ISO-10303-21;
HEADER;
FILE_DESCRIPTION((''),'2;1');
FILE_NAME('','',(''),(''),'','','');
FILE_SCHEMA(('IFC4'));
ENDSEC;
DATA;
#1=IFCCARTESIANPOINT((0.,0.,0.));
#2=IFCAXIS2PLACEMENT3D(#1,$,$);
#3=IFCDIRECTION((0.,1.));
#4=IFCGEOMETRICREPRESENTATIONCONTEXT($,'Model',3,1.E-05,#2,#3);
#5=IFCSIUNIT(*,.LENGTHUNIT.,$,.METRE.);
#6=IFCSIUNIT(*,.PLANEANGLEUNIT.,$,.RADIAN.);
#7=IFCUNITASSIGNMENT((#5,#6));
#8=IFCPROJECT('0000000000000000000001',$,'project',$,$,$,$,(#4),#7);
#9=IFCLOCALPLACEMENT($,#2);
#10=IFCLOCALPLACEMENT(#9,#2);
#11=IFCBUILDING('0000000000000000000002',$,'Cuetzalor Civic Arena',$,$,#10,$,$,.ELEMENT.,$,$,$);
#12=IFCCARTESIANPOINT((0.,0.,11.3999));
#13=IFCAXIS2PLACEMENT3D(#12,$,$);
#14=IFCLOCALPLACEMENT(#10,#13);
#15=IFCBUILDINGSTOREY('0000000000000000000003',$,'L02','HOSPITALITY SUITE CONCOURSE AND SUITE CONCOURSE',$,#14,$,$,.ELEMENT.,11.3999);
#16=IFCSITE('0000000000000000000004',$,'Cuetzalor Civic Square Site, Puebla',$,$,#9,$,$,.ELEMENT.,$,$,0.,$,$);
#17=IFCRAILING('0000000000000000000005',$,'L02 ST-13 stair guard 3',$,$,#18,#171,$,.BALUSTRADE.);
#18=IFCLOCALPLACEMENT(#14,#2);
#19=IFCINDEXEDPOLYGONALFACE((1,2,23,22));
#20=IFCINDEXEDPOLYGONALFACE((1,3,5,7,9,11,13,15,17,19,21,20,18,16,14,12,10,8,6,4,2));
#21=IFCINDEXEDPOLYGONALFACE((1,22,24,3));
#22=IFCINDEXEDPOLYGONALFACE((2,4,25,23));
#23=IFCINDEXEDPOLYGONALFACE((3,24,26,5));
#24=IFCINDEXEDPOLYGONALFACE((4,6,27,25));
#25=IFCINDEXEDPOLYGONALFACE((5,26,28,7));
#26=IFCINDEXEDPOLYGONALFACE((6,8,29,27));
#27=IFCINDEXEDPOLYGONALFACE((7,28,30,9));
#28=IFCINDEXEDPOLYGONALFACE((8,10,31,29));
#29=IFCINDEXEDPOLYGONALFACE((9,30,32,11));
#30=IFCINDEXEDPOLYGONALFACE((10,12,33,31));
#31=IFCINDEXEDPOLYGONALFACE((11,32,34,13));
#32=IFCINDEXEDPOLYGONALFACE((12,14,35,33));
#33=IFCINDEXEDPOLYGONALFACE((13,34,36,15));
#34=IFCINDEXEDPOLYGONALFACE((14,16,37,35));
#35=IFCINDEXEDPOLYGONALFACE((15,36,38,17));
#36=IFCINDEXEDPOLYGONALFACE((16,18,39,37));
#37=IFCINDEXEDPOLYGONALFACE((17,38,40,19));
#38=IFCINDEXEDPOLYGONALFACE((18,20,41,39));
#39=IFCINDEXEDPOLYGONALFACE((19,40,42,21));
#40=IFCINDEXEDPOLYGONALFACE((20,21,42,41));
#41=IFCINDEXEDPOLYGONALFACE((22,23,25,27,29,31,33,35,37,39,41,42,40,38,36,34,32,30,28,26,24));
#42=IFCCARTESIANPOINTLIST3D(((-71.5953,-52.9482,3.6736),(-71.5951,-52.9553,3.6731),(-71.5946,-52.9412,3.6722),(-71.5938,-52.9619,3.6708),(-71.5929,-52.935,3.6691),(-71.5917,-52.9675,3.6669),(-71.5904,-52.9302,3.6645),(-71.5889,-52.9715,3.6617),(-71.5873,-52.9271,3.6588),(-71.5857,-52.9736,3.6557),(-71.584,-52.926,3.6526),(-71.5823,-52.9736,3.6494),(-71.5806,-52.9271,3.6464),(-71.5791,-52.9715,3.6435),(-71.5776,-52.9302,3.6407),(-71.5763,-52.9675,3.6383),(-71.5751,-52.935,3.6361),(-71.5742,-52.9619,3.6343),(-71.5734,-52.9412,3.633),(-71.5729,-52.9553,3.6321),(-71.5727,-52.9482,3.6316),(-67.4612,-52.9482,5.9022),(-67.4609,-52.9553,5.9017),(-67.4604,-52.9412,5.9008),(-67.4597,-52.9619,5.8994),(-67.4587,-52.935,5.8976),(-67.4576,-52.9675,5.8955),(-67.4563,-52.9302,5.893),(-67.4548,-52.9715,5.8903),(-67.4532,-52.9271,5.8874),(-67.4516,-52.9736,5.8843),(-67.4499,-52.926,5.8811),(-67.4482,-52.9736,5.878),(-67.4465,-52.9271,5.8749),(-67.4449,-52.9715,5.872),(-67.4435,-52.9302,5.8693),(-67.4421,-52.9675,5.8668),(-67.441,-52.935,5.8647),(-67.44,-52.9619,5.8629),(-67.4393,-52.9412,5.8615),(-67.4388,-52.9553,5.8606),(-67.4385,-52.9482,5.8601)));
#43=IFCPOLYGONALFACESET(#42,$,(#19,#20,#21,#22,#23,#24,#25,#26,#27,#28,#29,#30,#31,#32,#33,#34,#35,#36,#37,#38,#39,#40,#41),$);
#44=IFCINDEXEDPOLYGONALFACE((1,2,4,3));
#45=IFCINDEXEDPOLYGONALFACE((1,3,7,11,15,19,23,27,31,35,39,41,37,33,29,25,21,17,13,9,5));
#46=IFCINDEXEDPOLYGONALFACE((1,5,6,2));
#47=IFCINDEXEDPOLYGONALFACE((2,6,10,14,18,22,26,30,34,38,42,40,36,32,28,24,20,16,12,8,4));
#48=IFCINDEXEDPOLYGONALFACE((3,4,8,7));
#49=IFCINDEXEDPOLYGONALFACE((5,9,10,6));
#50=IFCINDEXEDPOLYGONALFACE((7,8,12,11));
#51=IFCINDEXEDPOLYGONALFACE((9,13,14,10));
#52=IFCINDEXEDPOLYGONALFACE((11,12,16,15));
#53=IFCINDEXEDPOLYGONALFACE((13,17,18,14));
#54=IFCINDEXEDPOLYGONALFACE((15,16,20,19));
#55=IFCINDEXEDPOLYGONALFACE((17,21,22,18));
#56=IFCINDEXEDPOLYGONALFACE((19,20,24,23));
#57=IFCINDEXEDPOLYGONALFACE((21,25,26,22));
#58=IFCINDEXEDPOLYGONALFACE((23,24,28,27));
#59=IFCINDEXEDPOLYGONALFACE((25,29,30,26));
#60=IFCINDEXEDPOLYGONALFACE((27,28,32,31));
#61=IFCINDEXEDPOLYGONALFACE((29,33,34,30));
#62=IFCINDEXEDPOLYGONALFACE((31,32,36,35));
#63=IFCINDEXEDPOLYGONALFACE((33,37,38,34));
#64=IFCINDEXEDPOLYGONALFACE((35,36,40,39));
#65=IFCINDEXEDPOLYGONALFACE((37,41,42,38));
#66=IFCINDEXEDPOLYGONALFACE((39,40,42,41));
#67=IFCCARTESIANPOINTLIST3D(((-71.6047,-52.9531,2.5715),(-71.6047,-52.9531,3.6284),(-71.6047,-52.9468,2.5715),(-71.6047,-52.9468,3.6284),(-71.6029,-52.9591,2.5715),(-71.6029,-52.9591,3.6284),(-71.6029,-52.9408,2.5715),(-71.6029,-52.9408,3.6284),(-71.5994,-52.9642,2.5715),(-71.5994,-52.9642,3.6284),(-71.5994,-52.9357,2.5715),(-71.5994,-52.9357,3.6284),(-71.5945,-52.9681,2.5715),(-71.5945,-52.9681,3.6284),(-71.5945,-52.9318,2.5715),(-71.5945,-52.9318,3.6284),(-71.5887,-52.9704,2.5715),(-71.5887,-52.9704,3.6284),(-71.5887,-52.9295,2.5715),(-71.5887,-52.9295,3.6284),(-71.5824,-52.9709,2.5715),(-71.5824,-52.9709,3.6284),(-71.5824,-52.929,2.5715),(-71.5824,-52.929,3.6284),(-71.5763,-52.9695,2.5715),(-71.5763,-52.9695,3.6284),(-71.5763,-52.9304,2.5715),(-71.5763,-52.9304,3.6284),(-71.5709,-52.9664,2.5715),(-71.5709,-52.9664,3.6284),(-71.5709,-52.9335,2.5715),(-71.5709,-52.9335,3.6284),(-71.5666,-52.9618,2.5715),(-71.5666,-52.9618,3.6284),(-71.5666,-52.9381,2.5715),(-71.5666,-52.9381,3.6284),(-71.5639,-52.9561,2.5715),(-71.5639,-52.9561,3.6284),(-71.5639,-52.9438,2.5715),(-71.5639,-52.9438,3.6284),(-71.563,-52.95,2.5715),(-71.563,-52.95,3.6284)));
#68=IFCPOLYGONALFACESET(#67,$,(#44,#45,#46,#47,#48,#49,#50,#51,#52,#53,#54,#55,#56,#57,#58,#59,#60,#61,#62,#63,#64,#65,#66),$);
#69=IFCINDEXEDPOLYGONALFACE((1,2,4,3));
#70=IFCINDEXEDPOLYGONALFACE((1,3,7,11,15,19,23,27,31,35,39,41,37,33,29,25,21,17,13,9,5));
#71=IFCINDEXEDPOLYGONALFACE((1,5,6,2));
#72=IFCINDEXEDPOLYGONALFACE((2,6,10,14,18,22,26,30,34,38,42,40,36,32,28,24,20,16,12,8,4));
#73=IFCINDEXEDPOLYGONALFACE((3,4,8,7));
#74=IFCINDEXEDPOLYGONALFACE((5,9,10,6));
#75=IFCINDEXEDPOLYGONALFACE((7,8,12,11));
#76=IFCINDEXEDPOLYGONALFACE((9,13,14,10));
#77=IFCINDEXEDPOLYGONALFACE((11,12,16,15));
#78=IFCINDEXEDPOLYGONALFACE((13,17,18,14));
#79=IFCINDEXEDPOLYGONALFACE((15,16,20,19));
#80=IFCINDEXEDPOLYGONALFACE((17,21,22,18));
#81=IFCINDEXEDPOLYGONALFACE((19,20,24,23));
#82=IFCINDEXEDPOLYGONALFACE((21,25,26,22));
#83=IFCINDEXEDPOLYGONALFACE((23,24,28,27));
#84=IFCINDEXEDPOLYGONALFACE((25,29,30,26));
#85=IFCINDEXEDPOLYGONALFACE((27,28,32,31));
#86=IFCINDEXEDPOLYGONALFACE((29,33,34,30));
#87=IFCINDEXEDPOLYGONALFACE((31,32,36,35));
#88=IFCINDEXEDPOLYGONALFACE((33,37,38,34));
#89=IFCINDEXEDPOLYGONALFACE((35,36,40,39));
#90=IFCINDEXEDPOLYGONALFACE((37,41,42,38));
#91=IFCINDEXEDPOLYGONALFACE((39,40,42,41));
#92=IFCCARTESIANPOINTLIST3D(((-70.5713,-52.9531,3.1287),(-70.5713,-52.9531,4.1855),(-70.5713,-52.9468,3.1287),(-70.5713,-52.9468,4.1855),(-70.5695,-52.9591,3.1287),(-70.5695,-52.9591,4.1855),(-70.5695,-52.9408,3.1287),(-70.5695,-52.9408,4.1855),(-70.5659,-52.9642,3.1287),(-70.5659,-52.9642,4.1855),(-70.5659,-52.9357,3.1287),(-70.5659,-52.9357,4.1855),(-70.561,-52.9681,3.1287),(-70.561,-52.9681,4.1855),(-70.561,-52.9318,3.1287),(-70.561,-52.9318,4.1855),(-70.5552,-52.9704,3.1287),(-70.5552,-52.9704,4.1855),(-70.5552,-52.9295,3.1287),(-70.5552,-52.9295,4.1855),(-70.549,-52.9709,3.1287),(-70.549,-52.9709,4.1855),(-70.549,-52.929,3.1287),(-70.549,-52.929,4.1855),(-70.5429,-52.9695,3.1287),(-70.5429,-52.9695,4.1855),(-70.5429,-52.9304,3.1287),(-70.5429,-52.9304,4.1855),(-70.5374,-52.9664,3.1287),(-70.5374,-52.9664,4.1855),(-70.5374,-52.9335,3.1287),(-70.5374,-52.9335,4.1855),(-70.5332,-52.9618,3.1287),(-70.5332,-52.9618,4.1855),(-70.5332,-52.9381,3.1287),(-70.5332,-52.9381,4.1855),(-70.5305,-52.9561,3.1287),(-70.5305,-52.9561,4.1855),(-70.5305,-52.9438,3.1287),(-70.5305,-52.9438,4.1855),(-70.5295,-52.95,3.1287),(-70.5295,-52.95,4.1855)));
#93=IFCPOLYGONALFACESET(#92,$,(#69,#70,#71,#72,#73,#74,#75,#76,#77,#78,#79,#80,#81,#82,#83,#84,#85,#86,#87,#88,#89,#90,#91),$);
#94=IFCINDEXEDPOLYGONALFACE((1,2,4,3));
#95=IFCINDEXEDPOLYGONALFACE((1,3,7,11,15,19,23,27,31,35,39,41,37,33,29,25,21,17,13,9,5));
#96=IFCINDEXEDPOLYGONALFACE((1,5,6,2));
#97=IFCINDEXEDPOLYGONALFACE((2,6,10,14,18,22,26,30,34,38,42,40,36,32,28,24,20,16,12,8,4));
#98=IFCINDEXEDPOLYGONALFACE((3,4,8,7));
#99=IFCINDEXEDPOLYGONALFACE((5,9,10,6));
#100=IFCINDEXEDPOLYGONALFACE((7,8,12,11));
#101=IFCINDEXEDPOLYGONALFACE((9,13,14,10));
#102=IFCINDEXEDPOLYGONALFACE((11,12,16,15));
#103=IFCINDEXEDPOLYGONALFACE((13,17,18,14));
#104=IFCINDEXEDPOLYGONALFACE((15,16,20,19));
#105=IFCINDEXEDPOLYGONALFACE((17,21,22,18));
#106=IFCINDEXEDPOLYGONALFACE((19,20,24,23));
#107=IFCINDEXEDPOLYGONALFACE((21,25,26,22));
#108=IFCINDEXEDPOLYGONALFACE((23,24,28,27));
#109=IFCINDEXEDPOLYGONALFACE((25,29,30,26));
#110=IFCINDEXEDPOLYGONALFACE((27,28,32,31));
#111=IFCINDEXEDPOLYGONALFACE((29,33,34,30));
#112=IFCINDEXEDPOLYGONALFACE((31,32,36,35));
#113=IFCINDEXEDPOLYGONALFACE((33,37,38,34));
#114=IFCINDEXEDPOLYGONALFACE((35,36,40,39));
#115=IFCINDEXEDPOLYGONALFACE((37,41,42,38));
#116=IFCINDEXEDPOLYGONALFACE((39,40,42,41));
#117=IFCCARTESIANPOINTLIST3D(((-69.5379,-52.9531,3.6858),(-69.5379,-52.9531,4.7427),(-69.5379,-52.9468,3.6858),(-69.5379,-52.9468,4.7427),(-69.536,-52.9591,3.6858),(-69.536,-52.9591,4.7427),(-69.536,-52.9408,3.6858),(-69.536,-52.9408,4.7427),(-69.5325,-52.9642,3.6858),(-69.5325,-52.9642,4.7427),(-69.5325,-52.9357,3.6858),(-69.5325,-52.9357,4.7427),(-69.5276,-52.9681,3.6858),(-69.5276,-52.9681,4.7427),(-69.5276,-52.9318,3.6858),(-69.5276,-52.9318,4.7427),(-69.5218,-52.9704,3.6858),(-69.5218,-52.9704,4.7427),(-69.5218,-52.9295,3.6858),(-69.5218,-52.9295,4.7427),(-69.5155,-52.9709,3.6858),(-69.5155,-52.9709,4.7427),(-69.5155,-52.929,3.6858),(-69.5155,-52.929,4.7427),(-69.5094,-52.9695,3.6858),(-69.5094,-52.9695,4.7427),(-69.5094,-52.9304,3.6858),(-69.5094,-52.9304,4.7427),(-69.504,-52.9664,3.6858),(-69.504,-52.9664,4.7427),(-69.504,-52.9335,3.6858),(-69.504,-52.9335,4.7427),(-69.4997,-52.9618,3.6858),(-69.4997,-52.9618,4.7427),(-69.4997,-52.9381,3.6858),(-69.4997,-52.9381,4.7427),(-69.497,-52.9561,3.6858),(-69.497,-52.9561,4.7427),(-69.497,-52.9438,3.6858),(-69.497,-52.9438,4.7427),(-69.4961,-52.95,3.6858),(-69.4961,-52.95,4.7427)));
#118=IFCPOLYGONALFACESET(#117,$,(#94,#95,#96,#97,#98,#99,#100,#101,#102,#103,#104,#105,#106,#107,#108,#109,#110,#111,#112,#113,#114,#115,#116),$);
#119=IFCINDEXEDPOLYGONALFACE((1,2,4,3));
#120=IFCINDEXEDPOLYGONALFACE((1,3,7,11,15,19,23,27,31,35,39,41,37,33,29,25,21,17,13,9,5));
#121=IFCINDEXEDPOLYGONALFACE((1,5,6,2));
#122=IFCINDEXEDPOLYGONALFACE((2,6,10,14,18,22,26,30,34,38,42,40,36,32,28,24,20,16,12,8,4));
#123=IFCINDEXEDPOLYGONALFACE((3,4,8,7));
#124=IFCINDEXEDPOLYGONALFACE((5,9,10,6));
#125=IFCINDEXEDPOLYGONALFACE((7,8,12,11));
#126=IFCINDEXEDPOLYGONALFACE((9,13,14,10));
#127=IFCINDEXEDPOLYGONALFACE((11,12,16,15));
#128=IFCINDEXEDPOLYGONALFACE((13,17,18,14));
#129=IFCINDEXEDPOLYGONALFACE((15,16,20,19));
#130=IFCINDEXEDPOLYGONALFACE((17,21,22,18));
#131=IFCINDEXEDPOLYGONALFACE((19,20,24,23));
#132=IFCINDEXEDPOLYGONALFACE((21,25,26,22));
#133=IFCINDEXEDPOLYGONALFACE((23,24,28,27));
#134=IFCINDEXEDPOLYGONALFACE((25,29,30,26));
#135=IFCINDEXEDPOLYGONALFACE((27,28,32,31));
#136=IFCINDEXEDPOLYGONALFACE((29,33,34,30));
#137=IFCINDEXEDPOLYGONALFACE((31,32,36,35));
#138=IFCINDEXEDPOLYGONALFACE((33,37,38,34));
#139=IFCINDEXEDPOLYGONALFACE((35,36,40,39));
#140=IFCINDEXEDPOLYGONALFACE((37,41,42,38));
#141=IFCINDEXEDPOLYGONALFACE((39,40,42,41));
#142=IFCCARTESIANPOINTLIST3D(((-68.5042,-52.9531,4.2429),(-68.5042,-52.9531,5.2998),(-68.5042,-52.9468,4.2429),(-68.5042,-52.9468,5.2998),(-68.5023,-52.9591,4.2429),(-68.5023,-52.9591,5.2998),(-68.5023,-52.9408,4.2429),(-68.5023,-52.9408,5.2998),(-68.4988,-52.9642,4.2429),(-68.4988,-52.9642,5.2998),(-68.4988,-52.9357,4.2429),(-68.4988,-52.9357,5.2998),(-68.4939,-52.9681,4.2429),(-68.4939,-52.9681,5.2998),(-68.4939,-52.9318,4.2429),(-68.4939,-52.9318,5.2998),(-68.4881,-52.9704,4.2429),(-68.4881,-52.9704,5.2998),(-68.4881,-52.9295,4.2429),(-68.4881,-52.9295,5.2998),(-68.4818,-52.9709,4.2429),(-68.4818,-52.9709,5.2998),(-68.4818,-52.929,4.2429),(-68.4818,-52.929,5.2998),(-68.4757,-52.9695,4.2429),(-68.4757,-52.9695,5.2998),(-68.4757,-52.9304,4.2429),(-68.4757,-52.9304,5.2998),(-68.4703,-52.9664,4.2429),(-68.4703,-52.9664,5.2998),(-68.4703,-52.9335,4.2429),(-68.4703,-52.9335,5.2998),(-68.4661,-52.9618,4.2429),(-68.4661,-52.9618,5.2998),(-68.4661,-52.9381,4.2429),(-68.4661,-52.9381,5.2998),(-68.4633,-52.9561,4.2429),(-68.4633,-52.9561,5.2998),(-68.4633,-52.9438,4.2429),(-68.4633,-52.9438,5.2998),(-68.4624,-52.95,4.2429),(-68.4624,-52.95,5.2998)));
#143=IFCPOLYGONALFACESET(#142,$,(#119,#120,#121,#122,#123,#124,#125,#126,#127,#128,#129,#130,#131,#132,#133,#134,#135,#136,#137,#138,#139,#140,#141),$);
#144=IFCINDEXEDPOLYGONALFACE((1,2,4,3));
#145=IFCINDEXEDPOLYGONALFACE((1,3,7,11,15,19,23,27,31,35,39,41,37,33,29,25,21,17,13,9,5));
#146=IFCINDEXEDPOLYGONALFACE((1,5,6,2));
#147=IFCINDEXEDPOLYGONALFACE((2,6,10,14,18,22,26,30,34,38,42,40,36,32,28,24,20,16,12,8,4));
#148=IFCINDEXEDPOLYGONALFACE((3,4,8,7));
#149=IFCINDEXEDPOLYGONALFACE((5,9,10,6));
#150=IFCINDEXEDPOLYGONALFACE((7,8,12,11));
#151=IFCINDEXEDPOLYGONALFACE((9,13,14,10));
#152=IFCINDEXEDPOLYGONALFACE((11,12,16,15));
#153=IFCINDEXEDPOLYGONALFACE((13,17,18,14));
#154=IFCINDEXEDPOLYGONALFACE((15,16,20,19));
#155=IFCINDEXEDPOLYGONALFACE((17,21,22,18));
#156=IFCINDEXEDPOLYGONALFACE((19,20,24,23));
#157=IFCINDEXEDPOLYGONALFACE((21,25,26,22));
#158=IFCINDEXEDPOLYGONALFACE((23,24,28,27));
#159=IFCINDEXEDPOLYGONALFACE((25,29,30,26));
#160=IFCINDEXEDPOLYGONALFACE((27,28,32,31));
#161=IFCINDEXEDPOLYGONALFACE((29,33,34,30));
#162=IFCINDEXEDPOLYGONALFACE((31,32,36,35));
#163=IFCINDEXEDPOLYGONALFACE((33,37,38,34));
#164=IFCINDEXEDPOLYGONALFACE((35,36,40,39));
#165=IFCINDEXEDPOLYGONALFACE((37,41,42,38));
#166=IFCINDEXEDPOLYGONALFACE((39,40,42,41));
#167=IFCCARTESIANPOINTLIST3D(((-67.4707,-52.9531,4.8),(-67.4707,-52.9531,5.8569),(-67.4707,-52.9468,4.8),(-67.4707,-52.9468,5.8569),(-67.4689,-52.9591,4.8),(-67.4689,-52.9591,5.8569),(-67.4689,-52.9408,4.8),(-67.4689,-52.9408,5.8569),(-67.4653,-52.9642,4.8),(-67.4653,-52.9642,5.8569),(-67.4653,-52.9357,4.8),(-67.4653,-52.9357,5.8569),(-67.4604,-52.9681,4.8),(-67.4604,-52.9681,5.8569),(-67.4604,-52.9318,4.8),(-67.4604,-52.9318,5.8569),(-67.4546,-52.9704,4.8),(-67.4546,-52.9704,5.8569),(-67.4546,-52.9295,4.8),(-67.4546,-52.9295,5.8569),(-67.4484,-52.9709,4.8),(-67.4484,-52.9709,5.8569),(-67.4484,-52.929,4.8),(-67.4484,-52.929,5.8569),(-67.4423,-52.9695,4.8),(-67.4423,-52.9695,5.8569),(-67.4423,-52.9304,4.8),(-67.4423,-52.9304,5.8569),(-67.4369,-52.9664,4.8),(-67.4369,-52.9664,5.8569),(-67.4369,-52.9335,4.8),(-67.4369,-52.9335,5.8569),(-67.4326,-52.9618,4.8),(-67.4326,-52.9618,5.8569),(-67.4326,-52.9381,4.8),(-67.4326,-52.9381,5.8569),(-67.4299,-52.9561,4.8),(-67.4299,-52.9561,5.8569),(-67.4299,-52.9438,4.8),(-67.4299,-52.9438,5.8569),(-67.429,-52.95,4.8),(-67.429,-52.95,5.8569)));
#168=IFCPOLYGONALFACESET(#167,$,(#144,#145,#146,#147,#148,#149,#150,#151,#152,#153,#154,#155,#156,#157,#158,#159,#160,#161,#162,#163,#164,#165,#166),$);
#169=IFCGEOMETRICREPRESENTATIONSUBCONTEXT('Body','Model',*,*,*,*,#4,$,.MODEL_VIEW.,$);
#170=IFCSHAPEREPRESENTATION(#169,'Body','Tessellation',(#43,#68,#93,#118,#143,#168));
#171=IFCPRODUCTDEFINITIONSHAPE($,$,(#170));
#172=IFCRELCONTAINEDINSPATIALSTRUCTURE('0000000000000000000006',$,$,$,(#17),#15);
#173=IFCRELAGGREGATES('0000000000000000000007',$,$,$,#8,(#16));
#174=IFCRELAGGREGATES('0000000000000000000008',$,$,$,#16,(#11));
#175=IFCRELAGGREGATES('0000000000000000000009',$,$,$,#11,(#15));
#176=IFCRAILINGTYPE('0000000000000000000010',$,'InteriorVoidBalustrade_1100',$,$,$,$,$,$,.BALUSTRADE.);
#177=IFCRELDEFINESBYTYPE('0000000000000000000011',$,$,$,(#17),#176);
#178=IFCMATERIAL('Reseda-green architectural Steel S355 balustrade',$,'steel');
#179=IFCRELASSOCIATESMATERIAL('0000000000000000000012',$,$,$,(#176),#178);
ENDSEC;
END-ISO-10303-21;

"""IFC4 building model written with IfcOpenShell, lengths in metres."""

from ifc_helpers import new_model, si_unit, direction, frame, origin, origin_2d, place, context, subcontext, project, spatial, circle, extrude, material, type_object, element, save


model = new_model("IFC4")

# Units and contexts
model_context = context("Model", 3, precision=1e-05, world=origin(), true_north=direction((0.0, 1.0)))
body_context = subcontext(model_context, "Body", "Model", "MODEL_VIEW")
ifc_project = project(units=[si_unit("LENGTHUNIT", "METRE"), si_unit("PLANEANGLEUNIT", "RADIAN")], contexts=[model_context])

# Site, building, storey
site_placement = place(None, origin())
site = spatial("IfcSite", under=ifc_project, at=site_placement, Name="Cuetzalor Civic Square Site, Puebla", CompositionType="ELEMENT", RefElevation=0.0)
building_placement = place(site_placement, origin())
building = spatial("IfcBuilding", under=site, at=building_placement, Name="Cuetzalor Civic Arena", CompositionType="ELEMENT")
storey_placement = place(building_placement, frame((0.0, 0.0, 11.3999)))
storey = spatial("IfcBuildingStorey", under=building, at=storey_placement, Name="L02", Description="HOSPITALITY SUITE CONCOURSE AND SUITE CONCOURSE", CompositionType="ELEMENT", Elevation=11.3999)

# Railing
ifc_material_1 = material(Name="Reseda-green architectural Steel S355 balustrade", Category="steel")
railing_type_1 = type_object("IfcRailingType", Name="InteriorVoidBalustrade_1100", PredefinedType="BALUSTRADE", material=ifc_material_1)
railing_1_placement = place(storey_placement, frame((-71.584, -52.95, 2.5715)))
element("IfcRailing", 1, at=railing_1_placement, inside=storey, type_object=railing_type_1, Name="L02 ST-13 stair guard 3", PredefinedType="BALUSTRADE", context=body_context, shape_type="SweptSolid", body=[
    extrude(circle(Radius=0.0239, at=origin_2d()), frame((0.0, 0.0, 1.0811), z_axis=(0.880249, 0.0, 0.474512), x_axis=(0.0, 1.0, 0.0)), (0.0, 0.0, 1.0), 4.6965),
    extrude(circle(Radius=0.021, at=origin_2d()), origin(), (0.0, 0.0, 1.0), 1.0569),
    extrude(circle(Radius=0.021, at=origin_2d()), frame((1.0334, 0.0, 0.5571)), (0.0, 0.0, 1.0), 1.0569),
    extrude(circle(Radius=0.021, at=origin_2d()), frame((2.0669, 0.0, 1.1143)), (0.0, 0.0, 1.0), 1.0569),
    extrude(circle(Radius=0.021, at=origin_2d()), frame((3.1006, 0.0, 1.6714)), (0.0, 0.0, 1.0), 1.0569),
    extrude(circle(Radius=0.021, at=origin_2d()), frame((4.134, 0.0, 2.2285)), (0.0, 0.0, 1.0), 1.0569),
])

save(model, "model.ifc")
